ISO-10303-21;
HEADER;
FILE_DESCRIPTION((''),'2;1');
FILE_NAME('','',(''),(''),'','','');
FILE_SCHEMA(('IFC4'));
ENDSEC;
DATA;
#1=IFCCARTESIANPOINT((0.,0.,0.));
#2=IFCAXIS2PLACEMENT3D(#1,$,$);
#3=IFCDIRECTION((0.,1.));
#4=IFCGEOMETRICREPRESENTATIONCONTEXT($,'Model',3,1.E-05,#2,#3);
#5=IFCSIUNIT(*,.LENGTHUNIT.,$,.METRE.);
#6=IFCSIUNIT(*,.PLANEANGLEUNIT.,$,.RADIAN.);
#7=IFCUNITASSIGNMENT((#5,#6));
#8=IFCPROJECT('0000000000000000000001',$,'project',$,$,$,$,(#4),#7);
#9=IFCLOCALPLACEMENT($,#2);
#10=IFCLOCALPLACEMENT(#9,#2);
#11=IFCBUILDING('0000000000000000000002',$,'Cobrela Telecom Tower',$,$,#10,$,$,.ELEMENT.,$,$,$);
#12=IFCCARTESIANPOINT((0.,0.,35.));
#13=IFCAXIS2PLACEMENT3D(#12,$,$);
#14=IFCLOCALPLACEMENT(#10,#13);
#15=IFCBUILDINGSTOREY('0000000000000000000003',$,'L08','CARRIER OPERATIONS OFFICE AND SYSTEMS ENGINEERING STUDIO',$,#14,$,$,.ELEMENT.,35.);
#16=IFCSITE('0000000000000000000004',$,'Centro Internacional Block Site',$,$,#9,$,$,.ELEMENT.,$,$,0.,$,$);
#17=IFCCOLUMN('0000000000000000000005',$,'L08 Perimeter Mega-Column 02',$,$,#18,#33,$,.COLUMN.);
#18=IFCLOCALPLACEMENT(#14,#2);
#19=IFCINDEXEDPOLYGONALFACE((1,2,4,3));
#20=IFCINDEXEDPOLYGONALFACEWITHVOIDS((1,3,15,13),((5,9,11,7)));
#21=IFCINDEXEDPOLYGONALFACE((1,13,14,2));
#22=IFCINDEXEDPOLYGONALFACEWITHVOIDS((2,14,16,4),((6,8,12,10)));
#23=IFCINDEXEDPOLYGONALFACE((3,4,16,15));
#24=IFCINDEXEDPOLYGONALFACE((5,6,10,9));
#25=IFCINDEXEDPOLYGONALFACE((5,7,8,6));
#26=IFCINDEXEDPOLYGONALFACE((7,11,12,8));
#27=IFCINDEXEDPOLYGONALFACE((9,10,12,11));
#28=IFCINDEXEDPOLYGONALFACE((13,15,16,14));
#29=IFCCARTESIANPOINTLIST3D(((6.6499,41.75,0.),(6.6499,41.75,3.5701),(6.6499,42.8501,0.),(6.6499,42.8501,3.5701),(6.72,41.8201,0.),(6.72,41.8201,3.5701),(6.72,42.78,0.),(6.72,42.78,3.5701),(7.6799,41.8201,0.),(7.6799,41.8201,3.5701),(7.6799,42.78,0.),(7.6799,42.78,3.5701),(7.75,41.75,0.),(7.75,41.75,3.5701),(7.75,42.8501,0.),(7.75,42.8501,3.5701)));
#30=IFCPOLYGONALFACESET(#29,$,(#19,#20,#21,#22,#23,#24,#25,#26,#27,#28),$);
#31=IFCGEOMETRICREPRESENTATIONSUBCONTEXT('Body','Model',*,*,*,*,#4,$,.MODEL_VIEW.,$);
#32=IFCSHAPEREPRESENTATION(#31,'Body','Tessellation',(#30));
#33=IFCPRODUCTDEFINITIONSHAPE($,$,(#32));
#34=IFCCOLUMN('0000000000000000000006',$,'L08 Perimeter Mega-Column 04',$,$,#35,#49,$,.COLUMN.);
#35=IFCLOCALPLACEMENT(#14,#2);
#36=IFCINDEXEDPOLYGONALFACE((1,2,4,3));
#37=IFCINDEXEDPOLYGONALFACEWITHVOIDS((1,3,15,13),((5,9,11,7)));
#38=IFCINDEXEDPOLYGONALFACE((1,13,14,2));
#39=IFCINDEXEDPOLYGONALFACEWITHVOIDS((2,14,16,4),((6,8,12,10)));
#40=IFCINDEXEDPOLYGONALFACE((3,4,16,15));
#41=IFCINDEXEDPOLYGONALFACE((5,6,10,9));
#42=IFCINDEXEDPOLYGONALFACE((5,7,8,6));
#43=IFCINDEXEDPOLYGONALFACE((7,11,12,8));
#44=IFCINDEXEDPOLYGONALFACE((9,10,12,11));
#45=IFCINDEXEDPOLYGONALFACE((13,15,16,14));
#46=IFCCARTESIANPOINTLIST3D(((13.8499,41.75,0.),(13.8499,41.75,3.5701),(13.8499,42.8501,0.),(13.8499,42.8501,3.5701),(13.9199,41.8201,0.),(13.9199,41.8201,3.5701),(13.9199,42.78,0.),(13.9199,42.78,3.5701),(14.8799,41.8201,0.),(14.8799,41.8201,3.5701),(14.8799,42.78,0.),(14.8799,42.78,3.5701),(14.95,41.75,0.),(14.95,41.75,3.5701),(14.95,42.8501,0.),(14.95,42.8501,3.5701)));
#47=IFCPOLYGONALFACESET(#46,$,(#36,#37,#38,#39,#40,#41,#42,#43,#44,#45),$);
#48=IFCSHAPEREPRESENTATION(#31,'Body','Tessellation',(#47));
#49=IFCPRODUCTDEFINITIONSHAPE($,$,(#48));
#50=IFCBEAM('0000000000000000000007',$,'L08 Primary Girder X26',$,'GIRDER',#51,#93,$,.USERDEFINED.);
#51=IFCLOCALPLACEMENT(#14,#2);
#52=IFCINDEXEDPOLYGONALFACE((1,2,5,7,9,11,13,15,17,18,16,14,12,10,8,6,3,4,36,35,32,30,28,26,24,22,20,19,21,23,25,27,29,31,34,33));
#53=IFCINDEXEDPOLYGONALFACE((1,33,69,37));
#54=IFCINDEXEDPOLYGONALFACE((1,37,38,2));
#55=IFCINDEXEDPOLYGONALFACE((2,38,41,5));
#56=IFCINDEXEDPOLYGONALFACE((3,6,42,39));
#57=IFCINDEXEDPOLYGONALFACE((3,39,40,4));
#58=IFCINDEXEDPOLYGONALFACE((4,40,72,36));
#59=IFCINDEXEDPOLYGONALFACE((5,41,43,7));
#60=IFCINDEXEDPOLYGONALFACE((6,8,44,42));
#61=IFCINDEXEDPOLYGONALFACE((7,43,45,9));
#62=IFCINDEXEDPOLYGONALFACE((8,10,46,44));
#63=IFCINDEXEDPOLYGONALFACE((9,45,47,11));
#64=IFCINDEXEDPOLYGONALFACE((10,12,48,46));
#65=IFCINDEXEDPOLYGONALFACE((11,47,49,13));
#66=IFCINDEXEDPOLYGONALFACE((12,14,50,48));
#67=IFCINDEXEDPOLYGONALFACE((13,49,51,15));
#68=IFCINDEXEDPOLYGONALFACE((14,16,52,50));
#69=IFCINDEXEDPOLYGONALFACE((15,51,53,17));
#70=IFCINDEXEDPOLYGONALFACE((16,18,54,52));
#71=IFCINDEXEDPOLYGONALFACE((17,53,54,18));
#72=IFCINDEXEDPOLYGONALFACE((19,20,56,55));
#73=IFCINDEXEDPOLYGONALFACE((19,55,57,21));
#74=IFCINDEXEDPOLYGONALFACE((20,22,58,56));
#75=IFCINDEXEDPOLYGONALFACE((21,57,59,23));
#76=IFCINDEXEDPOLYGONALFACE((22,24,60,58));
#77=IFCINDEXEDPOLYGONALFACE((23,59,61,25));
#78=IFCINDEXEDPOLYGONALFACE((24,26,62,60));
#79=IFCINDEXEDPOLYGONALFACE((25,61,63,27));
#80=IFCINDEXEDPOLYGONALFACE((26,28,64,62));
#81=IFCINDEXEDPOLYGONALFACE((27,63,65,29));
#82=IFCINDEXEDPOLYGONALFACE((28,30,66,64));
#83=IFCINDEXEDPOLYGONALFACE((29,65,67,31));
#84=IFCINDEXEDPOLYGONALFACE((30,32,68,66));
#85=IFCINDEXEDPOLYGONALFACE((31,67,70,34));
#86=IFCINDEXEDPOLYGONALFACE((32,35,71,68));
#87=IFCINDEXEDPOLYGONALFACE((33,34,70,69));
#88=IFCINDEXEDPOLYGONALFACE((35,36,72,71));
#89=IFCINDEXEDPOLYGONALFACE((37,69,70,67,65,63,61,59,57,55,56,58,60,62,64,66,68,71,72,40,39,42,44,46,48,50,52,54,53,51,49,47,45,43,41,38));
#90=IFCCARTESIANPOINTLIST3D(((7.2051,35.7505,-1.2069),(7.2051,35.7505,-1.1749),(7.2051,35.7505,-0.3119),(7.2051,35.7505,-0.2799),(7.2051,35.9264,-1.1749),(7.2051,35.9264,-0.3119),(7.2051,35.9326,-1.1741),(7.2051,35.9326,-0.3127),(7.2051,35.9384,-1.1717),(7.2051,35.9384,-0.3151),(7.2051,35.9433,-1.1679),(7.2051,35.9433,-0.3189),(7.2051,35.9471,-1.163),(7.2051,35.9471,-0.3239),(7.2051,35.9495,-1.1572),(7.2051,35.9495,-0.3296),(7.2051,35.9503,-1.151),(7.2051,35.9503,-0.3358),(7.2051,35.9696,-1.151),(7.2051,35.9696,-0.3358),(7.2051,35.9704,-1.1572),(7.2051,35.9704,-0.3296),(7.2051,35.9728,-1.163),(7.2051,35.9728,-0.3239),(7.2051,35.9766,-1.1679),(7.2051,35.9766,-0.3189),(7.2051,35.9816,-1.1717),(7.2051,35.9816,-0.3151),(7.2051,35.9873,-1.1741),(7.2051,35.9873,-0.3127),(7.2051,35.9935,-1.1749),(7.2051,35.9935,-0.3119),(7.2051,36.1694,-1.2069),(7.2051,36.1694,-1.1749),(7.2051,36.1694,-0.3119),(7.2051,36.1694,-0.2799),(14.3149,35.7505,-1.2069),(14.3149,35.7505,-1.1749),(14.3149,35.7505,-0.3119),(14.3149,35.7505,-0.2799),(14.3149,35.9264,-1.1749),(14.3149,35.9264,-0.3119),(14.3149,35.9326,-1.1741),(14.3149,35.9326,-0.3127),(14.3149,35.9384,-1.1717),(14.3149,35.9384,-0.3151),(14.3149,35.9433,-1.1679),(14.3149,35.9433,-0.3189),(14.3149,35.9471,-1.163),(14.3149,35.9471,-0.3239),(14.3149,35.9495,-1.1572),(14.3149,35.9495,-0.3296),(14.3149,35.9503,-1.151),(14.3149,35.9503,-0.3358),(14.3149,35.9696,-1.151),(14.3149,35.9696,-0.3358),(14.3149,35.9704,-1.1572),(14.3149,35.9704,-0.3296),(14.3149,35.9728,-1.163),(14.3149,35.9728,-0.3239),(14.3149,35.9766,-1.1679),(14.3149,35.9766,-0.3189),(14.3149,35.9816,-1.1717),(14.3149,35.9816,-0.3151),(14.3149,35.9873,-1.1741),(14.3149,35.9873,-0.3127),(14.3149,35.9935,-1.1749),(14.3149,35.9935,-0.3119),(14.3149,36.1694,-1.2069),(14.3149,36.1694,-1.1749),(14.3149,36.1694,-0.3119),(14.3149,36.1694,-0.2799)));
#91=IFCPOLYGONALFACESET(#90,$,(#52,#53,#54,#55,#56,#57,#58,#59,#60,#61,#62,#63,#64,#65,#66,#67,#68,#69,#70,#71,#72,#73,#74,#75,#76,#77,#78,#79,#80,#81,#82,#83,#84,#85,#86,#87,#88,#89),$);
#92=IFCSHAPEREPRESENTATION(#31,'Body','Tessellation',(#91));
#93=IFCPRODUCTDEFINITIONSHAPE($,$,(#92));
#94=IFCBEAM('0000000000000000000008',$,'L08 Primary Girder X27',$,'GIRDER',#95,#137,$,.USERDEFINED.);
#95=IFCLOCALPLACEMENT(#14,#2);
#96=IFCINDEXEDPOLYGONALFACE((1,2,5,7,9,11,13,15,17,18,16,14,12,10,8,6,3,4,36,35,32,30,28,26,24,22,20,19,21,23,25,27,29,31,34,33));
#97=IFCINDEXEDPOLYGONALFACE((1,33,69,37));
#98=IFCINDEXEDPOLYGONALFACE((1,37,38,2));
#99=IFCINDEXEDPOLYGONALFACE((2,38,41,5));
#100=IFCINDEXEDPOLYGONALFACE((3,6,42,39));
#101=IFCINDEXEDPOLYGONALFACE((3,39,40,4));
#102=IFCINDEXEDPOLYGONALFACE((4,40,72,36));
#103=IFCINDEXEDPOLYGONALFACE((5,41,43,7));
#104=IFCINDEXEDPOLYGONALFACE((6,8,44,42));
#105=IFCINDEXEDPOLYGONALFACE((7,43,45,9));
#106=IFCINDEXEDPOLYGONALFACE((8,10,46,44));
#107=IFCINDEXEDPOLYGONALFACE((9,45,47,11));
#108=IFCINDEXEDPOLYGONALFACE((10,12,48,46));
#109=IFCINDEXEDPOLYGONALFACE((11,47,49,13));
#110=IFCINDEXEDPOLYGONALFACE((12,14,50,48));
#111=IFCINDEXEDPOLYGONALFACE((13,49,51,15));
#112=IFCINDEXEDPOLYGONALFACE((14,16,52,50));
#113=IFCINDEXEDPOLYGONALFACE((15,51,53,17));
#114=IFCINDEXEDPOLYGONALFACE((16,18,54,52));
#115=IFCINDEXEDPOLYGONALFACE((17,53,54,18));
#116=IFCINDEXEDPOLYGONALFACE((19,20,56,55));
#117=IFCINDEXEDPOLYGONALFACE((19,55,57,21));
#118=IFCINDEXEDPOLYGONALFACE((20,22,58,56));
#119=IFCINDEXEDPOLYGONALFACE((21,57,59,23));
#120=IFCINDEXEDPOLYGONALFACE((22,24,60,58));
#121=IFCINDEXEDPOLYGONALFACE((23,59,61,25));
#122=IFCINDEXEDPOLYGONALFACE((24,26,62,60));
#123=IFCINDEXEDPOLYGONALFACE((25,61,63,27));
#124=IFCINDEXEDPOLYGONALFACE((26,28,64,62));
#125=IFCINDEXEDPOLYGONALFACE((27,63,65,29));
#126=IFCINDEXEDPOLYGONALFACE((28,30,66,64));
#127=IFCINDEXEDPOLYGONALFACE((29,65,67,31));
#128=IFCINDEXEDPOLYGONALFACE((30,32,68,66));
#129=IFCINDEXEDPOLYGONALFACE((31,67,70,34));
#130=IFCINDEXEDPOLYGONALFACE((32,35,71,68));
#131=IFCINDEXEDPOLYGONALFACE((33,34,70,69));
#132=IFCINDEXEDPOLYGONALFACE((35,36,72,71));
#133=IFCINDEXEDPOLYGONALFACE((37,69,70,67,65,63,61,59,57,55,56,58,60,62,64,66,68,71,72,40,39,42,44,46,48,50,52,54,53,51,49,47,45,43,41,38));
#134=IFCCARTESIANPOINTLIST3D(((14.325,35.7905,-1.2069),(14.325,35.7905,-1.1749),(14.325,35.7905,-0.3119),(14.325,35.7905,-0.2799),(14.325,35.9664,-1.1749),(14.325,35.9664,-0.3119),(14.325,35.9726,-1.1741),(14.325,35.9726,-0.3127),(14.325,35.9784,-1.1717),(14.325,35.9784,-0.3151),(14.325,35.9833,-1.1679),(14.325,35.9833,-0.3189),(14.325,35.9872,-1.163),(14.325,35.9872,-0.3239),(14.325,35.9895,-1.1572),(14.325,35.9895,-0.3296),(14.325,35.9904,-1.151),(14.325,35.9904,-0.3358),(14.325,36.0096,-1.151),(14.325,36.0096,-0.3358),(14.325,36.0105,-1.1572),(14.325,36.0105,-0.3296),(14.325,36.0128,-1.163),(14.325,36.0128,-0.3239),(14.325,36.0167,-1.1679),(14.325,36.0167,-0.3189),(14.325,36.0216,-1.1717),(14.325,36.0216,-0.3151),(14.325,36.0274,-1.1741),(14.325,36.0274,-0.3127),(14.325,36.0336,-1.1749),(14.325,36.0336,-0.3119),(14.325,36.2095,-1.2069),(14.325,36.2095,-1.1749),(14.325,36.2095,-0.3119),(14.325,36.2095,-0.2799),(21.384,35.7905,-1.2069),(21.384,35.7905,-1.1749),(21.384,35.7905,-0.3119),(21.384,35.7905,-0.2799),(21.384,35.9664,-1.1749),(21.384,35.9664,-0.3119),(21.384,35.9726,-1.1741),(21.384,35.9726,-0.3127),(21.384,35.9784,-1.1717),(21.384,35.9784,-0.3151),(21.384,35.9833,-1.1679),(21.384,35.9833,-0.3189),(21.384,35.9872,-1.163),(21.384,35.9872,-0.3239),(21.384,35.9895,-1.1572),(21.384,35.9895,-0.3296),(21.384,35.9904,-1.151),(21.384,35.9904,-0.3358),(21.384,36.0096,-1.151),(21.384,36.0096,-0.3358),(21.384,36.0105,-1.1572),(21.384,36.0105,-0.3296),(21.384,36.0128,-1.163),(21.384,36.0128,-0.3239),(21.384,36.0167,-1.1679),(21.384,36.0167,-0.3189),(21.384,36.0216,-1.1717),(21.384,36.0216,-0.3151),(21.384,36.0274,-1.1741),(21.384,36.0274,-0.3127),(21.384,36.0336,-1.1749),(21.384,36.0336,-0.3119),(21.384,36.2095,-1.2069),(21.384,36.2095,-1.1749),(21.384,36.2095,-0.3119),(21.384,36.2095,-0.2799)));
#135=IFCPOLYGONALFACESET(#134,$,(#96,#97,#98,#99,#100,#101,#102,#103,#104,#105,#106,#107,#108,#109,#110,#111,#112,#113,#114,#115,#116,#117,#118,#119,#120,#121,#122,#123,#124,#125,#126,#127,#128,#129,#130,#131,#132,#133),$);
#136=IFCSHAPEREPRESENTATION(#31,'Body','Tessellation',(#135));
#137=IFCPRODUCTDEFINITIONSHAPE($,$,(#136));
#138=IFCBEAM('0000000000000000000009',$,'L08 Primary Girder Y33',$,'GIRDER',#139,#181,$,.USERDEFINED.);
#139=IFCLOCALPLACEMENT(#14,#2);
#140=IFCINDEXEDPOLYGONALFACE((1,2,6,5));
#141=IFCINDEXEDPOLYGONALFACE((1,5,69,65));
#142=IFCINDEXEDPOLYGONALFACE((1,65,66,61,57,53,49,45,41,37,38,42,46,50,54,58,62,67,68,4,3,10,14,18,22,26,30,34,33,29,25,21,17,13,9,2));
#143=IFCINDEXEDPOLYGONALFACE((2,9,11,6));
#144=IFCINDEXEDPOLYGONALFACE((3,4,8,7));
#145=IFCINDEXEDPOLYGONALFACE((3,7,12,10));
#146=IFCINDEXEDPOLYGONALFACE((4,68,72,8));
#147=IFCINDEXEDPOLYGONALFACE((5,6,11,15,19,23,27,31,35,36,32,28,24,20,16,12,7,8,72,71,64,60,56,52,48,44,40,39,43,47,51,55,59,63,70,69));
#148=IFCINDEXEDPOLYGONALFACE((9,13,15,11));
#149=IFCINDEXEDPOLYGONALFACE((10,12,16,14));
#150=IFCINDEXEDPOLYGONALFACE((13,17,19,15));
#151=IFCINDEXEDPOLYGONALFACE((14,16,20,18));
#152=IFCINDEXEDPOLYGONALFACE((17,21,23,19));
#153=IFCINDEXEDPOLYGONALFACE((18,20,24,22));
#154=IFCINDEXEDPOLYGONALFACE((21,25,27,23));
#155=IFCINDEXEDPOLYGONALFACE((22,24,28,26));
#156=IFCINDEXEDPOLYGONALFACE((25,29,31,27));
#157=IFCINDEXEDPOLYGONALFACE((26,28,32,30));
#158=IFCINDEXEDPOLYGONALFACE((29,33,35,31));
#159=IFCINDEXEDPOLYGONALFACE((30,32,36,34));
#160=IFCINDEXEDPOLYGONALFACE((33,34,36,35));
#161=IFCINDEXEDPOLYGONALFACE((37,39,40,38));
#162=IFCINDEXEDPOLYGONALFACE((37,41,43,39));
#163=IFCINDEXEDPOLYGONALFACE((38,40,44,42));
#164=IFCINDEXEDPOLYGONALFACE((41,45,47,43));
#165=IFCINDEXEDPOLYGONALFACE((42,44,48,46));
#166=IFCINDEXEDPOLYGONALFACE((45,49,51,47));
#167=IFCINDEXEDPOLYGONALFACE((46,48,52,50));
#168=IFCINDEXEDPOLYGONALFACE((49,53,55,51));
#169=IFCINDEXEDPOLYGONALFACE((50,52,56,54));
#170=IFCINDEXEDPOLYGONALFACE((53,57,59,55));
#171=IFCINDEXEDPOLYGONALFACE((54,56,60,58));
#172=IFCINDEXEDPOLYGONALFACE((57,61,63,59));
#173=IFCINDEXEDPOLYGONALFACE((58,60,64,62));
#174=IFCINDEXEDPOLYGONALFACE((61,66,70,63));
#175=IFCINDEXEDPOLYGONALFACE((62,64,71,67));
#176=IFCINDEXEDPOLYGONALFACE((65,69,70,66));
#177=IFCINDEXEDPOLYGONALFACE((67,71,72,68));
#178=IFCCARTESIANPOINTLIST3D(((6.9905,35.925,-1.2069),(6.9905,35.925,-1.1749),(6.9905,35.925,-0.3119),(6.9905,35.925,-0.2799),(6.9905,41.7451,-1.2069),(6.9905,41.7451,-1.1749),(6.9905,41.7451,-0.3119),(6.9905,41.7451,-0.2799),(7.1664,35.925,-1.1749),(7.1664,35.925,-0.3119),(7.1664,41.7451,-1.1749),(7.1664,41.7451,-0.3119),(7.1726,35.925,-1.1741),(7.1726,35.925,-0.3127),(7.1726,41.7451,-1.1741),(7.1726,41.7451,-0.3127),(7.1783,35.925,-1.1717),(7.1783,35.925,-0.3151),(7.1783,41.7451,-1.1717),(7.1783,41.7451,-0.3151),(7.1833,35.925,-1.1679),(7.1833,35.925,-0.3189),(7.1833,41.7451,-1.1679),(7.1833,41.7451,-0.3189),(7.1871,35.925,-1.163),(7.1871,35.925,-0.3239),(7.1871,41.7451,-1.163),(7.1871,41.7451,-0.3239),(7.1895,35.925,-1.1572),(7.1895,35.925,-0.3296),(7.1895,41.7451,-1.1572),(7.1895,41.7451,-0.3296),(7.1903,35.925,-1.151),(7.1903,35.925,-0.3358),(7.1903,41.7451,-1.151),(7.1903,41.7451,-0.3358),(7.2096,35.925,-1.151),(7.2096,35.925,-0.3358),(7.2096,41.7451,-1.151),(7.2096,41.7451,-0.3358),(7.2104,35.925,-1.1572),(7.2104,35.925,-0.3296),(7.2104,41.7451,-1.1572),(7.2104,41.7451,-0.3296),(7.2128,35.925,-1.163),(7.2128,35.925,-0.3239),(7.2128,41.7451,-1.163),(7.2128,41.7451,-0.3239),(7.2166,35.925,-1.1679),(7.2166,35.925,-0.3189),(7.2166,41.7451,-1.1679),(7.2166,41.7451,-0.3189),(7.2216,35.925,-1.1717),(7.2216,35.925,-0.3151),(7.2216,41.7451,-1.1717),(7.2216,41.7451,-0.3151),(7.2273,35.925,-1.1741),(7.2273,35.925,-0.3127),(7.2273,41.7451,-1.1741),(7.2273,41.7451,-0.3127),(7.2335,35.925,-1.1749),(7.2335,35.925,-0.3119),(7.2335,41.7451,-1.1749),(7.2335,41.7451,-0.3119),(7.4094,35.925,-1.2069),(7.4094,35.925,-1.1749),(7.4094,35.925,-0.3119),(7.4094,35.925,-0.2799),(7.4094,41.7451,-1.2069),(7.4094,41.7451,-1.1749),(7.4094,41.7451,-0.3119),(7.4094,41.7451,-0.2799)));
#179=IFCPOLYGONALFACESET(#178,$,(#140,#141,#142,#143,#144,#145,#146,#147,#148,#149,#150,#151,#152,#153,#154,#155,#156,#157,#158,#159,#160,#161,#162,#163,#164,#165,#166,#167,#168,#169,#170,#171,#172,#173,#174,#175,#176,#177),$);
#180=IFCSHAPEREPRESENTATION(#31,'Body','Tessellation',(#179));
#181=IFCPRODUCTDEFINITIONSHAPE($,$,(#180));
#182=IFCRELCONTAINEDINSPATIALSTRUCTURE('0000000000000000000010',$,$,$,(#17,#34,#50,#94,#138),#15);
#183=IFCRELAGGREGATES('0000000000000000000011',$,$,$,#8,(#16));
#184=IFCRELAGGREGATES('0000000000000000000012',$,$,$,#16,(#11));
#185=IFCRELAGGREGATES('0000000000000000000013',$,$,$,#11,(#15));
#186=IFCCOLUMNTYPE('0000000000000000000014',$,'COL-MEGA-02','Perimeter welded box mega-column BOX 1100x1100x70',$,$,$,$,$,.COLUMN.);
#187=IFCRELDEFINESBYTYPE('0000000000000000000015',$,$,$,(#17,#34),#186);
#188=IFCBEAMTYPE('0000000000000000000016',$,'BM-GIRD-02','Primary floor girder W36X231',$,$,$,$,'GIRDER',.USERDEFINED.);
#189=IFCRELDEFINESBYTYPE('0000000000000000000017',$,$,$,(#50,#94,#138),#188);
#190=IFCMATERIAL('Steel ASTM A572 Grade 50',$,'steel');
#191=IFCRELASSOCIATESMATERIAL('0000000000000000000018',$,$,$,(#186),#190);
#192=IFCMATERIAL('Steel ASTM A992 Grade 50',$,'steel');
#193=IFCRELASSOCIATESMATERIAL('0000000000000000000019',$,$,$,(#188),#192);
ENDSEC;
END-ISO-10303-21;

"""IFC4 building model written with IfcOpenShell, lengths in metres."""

from ifc_helpers import new_model, si_unit, direction, frame, origin, origin_2d, place, context, subcontext, project, spatial, hollow_rectangle, i_section, extrude, material, material_profile, profile_set, type_object, element, save


model = new_model("IFC4")

# Units and contexts
model_context = context("Model", 3, precision=1e-05, world=origin(), true_north=direction((0.0, 1.0)))
body_context = subcontext(model_context, "Body", "Model", "MODEL_VIEW")
ifc_project = project(units=[si_unit("LENGTHUNIT", "METRE"), si_unit("PLANEANGLEUNIT", "RADIAN")], contexts=[model_context])

# Site, building, storey
site_placement = place(None, origin())
site = spatial("IfcSite", under=ifc_project, at=site_placement, Name="Centro Internacional Block Site", CompositionType="ELEMENT", RefElevation=0.0)
building_placement = place(site_placement, origin())
building = spatial("IfcBuilding", under=site, at=building_placement, Name="Cobrela Telecom Tower", CompositionType="ELEMENT")
storey_placement = place(building_placement, frame((0.0, 0.0, 35.0)))
storey = spatial("IfcBuildingStorey", under=building, at=storey_placement, Name="L08", Description="CARRIER OPERATIONS OFFICE AND SYSTEMS ENGINEERING STUDIO", CompositionType="ELEMENT", Elevation=35.0)

# Columns
ifc_material_1 = material(Name="Steel ASTM A572 Grade 50", Category="steel")
ifc_material_profile_1 = material_profile(ifc_material_1, hollow_rectangle(XDim=1.1001, YDim=1.1001, WallThickness=0.0701, at=origin_2d()), Name="BOX 1100x1100x70")
ifc_profile_set_1 = profile_set([ifc_material_profile_1], Name="Steel ASTM A572 Grade 50")
column_type = type_object("IfcColumnType", Name="COL-MEGA-02", Description="Perimeter welded box mega-column BOX 1100x1100x70", PredefinedType="COLUMN", material=ifc_profile_set_1)
for number, where, z_axis, x_axis, name in (
    (1, (7.2, 42.3, 0.0), (0.0, 0.0, 1.0), (1.0, 0.0, 0.0), "L08 Perimeter Mega-Column 02"),
    (2, (14.3999, 42.3, 0.0), (0.0, 0.0, 1.0), (1.0, 0.0, 0.0), "L08 Perimeter Mega-Column 04"),
):
    element("IfcColumn", number, at=place(storey_placement, frame(where, z_axis=z_axis, x_axis=x_axis)), inside=storey, type_object=column_type, Name=name, PredefinedType="COLUMN", context=body_context, shape_type="SweptSolid", body=[
        extrude(hollow_rectangle(XDim=1.1001, YDim=1.1001, WallThickness=0.0701, at=origin_2d()), origin(), (0.0, 0.0, 1.0), 3.5701),
    ])

# Beams
ifc_material_2 = material(Name="Steel ASTM A992 Grade 50", Category="steel")
ifc_material_profile_2 = material_profile(ifc_material_2, i_section(OverallWidth=0.4189, OverallDepth=0.927, WebThickness=0.0193, FlangeThickness=0.032, FilletRadius=0.0239, at=origin_2d()), Name="W36X231")
ifc_profile_set_2 = profile_set([ifc_material_profile_2], Name="Steel ASTM A992 Grade 50")
beam_type_1 = type_object("IfcBeamType", Name="BM-GIRD-02", Description="Primary floor girder W36X231", ElementType="GIRDER", PredefinedType="USERDEFINED", material=ifc_profile_set_2)
beam_1_placement = place(storey_placement, frame((7.2051, 35.96, -0.7434), z_axis=(1.0, 0.0, 0.0), x_axis=(0.0, 1.0, 0.0)))
element("IfcBeam", 3, at=beam_1_placement, inside=storey, type_object=beam_type_1, Name="L08 Primary Girder X26", ObjectType="GIRDER", PredefinedType="USERDEFINED", context=body_context, shape_type="SweptSolid", body=[
    extrude(i_section(OverallWidth=0.4189, OverallDepth=0.927, WebThickness=0.0193, FlangeThickness=0.032, FilletRadius=0.0239, at=origin_2d()), origin(), (0.0, 0.0, 1.0), 7.1099),
])
beam_2_placement = place(storey_placement, frame((14.325, 36.0, -0.7434), z_axis=(1.0, 0.0, 0.0), x_axis=(0.0, 1.0, 0.0)))
element("IfcBeam", 4, at=beam_2_placement, inside=storey, type_object=beam_type_1, Name="L08 Primary Girder X27", ObjectType="GIRDER", PredefinedType="USERDEFINED", context=body_context, shape_type="SweptSolid", body=[
    extrude(i_section(OverallWidth=0.4189, OverallDepth=0.927, WebThickness=0.0193, FlangeThickness=0.032, FilletRadius=0.0239, at=origin_2d()), origin(), (0.0, 0.0, 1.0), 7.0591),
])
for number, where, z_axis, x_axis, name in (
    (5, (7.2, 35.925, -0.7434), (0.0, 1.0, 0.0), (-1.0, 0.0, 0.0), "L08 Primary Girder Y33"),
):
    element("IfcBeam", number, at=place(storey_placement, frame(where, z_axis=z_axis, x_axis=x_axis)), inside=storey, type_object=beam_type_1, Name=name, ObjectType="GIRDER", PredefinedType="USERDEFINED", context=body_context, shape_type="SweptSolid", body=[
        extrude(i_section(OverallWidth=0.4189, OverallDepth=0.927, WebThickness=0.0193, FlangeThickness=0.032, FilletRadius=0.0239, at=origin_2d()), origin(), (0.0, 0.0, 1.0), 5.8201),
    ])

save(model, "model.ifc")
